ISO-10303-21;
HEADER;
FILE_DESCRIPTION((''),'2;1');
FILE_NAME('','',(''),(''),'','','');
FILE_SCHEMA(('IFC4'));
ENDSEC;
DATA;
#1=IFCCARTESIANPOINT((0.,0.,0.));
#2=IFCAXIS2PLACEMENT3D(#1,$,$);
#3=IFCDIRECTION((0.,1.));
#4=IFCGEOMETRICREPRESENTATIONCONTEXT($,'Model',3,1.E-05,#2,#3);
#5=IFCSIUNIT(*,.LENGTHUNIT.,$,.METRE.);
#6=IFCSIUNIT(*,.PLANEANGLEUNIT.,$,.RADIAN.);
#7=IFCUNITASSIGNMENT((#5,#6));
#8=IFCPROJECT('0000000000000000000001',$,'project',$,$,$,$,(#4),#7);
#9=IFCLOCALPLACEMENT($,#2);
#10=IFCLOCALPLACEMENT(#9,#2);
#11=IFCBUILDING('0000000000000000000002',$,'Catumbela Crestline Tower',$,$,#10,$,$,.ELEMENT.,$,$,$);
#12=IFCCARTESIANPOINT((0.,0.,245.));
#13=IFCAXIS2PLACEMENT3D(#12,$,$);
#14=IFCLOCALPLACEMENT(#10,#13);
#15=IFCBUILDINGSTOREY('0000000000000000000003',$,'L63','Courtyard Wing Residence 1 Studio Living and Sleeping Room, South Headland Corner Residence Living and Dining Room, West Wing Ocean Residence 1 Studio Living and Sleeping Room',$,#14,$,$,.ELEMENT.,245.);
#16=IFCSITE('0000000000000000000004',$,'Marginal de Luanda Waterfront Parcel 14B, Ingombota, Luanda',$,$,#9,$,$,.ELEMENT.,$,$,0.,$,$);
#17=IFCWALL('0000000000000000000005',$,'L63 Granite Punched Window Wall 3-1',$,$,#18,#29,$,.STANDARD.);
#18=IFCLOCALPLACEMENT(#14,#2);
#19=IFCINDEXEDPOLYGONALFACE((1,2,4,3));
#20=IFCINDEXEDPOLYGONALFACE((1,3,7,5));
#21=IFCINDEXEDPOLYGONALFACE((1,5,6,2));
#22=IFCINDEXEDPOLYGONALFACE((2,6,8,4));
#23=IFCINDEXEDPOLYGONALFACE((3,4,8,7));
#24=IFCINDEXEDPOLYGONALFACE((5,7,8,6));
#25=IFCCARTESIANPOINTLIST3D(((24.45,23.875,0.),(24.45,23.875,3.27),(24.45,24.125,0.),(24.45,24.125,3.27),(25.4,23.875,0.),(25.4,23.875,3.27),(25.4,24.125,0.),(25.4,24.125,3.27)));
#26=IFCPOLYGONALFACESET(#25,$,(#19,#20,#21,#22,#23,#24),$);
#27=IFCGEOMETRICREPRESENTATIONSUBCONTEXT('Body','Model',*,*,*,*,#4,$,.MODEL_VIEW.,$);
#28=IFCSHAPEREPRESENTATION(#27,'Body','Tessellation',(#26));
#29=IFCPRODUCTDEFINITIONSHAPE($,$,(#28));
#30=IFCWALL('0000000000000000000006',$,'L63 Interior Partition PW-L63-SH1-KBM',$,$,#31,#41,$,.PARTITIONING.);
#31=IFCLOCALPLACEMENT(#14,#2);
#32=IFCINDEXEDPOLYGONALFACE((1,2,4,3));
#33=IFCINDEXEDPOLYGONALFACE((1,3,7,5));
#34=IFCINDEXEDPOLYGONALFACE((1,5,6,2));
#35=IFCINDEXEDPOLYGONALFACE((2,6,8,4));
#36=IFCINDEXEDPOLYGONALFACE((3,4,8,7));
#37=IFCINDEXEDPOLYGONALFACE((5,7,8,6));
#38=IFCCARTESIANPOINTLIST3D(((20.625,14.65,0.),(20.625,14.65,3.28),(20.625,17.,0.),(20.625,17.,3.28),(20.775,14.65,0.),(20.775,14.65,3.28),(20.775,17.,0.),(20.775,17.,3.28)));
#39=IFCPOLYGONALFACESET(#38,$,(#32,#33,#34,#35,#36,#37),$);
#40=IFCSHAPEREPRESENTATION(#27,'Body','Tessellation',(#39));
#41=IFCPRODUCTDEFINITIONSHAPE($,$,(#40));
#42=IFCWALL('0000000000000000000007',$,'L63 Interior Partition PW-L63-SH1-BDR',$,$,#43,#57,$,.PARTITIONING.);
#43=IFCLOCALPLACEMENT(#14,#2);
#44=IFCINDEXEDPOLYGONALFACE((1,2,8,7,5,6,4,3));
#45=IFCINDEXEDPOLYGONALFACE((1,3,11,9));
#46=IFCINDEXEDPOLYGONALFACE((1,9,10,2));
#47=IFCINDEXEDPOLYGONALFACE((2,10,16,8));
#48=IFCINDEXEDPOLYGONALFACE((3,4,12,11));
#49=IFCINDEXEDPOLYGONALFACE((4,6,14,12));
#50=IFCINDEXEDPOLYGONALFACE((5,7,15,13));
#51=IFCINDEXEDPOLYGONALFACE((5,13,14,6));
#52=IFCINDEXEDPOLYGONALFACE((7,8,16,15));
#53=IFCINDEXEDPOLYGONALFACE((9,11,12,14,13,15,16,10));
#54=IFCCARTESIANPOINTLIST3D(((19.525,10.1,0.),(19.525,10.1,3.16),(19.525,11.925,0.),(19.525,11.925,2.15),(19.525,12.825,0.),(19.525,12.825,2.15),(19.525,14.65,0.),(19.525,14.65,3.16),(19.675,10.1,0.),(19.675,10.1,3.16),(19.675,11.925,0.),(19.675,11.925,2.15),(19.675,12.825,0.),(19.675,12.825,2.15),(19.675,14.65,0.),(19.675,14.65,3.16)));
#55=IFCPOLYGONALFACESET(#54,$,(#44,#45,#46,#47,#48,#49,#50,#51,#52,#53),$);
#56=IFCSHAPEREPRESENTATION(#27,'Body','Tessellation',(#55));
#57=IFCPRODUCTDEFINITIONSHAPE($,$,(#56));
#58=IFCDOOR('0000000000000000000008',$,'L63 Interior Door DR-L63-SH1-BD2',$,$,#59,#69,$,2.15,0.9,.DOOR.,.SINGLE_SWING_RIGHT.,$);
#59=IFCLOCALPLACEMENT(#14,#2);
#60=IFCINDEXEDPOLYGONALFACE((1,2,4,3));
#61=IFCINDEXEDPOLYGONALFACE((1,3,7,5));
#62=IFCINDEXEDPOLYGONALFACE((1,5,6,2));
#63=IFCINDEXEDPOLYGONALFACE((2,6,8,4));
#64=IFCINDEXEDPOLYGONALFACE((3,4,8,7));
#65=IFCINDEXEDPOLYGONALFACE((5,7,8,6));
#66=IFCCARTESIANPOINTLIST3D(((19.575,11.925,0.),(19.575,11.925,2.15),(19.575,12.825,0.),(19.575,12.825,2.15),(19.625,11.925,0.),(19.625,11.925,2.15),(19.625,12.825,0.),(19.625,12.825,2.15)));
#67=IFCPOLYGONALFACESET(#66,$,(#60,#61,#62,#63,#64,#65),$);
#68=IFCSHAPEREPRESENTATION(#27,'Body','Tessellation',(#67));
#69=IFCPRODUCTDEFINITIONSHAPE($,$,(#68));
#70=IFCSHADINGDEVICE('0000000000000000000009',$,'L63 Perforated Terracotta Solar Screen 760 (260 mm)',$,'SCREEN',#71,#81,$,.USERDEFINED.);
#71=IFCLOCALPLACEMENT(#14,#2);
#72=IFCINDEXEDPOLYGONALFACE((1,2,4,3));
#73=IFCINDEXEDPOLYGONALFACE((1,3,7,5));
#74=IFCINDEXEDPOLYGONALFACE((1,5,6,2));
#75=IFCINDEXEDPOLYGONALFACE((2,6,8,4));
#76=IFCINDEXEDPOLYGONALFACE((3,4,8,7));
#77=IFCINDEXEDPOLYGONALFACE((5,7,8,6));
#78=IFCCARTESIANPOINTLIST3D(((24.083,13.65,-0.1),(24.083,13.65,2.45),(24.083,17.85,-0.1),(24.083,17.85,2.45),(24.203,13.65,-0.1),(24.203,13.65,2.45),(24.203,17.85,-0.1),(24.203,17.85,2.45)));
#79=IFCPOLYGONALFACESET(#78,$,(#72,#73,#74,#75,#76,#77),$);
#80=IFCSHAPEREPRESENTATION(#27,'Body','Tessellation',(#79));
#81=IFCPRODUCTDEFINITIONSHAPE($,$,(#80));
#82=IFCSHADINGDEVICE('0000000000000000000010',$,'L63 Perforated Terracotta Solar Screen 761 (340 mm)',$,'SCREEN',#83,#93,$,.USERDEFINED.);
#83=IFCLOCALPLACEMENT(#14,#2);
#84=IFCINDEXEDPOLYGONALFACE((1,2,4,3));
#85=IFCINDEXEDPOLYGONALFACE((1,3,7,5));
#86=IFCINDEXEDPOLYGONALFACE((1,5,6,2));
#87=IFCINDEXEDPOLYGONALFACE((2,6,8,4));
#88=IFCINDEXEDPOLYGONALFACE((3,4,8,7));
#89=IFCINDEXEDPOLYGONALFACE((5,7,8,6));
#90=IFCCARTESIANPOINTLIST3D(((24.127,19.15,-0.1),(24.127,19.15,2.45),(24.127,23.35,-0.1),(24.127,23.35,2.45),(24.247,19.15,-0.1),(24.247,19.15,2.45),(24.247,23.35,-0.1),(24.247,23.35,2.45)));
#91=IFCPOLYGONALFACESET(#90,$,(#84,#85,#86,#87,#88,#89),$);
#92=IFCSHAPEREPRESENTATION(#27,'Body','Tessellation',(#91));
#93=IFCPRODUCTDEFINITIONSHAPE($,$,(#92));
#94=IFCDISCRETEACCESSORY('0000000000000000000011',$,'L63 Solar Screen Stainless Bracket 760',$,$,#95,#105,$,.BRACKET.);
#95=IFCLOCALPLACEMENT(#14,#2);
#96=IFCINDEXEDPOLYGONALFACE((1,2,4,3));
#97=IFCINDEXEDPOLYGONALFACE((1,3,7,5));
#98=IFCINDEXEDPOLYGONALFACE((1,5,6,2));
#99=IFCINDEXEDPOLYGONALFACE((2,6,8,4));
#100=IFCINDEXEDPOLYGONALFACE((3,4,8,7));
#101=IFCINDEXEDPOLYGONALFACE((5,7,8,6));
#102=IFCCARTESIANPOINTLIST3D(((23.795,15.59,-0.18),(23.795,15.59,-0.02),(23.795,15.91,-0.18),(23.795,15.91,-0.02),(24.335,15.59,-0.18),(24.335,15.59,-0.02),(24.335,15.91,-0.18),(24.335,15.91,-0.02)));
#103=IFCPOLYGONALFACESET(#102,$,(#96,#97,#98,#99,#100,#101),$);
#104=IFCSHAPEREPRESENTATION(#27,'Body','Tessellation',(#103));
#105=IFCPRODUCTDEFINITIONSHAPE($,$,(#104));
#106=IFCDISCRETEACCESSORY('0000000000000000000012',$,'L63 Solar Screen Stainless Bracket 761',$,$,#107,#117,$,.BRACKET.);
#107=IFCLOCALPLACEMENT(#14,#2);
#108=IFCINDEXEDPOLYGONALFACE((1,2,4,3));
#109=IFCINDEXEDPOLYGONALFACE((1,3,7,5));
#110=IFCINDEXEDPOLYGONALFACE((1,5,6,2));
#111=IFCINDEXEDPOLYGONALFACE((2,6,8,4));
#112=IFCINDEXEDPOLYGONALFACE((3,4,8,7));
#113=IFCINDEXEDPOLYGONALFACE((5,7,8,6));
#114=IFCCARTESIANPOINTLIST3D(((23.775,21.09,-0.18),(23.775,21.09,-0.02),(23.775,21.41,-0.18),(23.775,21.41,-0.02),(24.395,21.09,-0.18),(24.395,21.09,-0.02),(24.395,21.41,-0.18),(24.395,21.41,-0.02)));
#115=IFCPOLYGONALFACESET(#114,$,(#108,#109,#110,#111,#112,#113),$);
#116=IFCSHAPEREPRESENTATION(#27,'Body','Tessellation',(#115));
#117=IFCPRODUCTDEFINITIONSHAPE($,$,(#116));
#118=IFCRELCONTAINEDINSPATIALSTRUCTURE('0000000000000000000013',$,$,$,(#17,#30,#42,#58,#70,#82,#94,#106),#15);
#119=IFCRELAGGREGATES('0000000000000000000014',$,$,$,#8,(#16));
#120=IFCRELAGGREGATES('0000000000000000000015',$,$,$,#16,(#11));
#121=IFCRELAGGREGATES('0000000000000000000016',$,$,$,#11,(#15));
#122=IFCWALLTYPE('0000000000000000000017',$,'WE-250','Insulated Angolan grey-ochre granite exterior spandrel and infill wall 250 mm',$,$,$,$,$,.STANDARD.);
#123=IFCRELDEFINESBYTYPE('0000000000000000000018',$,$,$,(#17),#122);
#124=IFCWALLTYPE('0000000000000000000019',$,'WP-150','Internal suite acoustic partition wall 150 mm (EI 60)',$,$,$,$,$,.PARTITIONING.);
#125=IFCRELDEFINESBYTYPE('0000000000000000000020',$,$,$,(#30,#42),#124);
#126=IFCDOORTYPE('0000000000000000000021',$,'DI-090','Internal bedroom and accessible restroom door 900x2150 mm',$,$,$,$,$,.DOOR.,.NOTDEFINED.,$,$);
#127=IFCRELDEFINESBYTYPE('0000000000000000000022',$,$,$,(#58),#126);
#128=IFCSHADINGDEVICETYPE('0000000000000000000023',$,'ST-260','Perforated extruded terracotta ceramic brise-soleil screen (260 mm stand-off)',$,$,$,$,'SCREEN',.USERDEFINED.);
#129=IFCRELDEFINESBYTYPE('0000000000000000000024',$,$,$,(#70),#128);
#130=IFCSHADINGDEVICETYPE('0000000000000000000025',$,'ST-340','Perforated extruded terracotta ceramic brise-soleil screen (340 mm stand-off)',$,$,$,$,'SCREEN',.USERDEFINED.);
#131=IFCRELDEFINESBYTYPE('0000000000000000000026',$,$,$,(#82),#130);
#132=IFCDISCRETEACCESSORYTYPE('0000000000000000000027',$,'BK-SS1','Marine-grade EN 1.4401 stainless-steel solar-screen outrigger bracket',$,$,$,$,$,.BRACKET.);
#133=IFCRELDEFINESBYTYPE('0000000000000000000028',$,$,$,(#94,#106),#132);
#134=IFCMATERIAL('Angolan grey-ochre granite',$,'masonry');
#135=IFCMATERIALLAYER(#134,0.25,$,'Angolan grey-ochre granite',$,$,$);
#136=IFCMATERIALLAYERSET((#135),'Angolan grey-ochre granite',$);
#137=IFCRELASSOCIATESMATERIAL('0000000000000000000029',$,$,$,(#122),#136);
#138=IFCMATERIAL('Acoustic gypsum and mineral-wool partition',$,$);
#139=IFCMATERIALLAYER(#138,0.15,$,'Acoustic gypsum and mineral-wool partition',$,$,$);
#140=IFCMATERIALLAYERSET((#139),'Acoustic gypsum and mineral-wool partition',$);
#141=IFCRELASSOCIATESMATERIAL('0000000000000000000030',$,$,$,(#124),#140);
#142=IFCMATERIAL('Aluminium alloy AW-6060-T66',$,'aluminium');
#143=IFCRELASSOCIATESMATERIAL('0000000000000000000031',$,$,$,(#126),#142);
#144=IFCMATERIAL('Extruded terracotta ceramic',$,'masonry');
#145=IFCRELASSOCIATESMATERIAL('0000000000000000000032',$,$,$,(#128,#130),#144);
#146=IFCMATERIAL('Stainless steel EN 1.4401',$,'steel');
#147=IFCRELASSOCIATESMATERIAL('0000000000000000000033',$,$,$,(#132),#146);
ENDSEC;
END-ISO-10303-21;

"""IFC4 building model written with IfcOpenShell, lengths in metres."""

from ifc_helpers import new_model, si_unit, direction, frame, frame_2d, origin, origin_2d, place, context, subcontext, project, spatial, rectangle, extrude, material, layer, layer_set, type_object, element, fill, save


model = new_model("IFC4")

# Units and contexts
model_context = context("Model", 3, precision=1e-05, world=origin(), true_north=direction((0.0, 1.0)))
body_context = subcontext(model_context, "Body", "Model", "MODEL_VIEW")
ifc_project = project(units=[si_unit("LENGTHUNIT", "METRE"), si_unit("PLANEANGLEUNIT", "RADIAN")], contexts=[model_context])

# Site, building, storey
site_placement = place(None, origin())
site = spatial("IfcSite", under=ifc_project, at=site_placement, Name="Marginal de Luanda Waterfront Parcel 14B, Ingombota, Luanda", CompositionType="ELEMENT", RefElevation=0.0)
building_placement = place(site_placement, origin())
building = spatial("IfcBuilding", under=site, at=building_placement, Name="Catumbela Crestline Tower", CompositionType="ELEMENT")
storey_placement = place(building_placement, frame((0.0, 0.0, 245.0)))
storey = spatial("IfcBuildingStorey", under=building, at=storey_placement, Name="L63", Description="Courtyard Wing Residence 1 Studio Living and Sleeping Room, South Headland Corner Residence Living and Dining Room, West Wing Ocean Residence 1 Studio Living and Sleeping Room", CompositionType="ELEMENT", Elevation=245.0)

# Shared definitions
ifc_material_1 = material(Name="Aluminium alloy AW-6060-T66", Category="aluminium")

# Shared definitions
ifc_material_2 = material(Name="Angolan grey-ochre granite", Category="masonry")
ifc_layer_1 = layer(ifc_material_2, 0.25, Name="Angolan grey-ochre granite")
ifc_layer_set_1 = layer_set([ifc_layer_1], Name="Angolan grey-ochre granite")
wall_type_1 = type_object("IfcWallType", Name="WE-250", Description="Insulated Angolan grey-ochre granite exterior spandrel and infill wall 250 mm", PredefinedType="STANDARD", material=ifc_layer_set_1)

# Walls
wall_1_placement = place(storey_placement, frame((24.45, 24.0, 0.0), z_axis=(0.0, 0.0, 1.0), x_axis=(1.0, 0.0, 0.0)))
element("IfcWall", 1, at=wall_1_placement, inside=storey, type_object=wall_type_1, Name="L63 Granite Punched Window Wall 3-1", PredefinedType="STANDARD", context=body_context, shape_type="SweptSolid", body=[
    extrude(rectangle(XDim=0.95, YDim=0.25, at=frame_2d((0.475, 0.0))), origin(), (0.0, 0.0, 1.0), 3.27),
])
ifc_material_3 = material(Name="Acoustic gypsum and mineral-wool partition")
ifc_layer_2 = layer(ifc_material_3, 0.15, Name="Acoustic gypsum and mineral-wool partition")
ifc_layer_set_2 = layer_set([ifc_layer_2], Name="Acoustic gypsum and mineral-wool partition")
wall_type_2 = type_object("IfcWallType", Name="WP-150", Description="Internal suite acoustic partition wall 150 mm (EI 60)", PredefinedType="PARTITIONING", material=ifc_layer_set_2)
wall_2_placement = place(storey_placement, frame((20.7, 14.65, 0.0), z_axis=(0.0, 0.0, 1.0), x_axis=(0.0, 1.0, 0.0)))
element("IfcWall", 2, at=wall_2_placement, inside=storey, type_object=wall_type_2, Name="L63 Interior Partition PW-L63-SH1-KBM", PredefinedType="PARTITIONING", context=body_context, shape_type="SweptSolid", body=[
    extrude(rectangle(XDim=2.35, YDim=0.15, at=frame_2d((1.175, 0.0))), origin(), (0.0, 0.0, 1.0), 3.28),
])

# Wall, opening, door
wall_3_placement = place(storey_placement, frame((19.6, 10.1, 0.0), z_axis=(0.0, 0.0, 1.0), x_axis=(0.0, 1.0, 0.0)))
wall_3 = element("IfcWall", 3, at=wall_3_placement, inside=storey, type_object=wall_type_2, Name="L63 Interior Partition PW-L63-SH1-BDR", PredefinedType="PARTITIONING", context=body_context, shape_type="SweptSolid", body=[
    extrude(rectangle(XDim=4.55, YDim=0.15, at=frame_2d((2.275, 0.0))), origin(), (0.0, 0.0, 1.0), 3.16),
])
opening_1_placement = place(wall_3_placement, frame((1.825, 0.0, 0.0)))
opening_1 = element("IfcOpeningElement", 4, at=opening_1_placement, cuts=wall_3, PredefinedType="OPENING", context=body_context, shape_type="SweptSolid", body=[
    extrude(rectangle(XDim=0.9, YDim=2.15, at=frame_2d((0.45, 1.075))), frame((0.0, 0.085, 0.0), z_axis=(0.0, -1.0, 0.0), x_axis=(1.0, 0.0, 0.0)), (0.0, 0.0, 1.0), 0.17),
])
door_type = type_object("IfcDoorType", Name="DI-090", Description="Internal bedroom and accessible restroom door 900x2150 mm", OperationType="NOTDEFINED", PredefinedType="DOOR", material=ifc_material_1)
door_placement = place(opening_1_placement, origin())
door = element("IfcDoor", 5, at=door_placement, inside=storey, type_object=door_type, Name="L63 Interior Door DR-L63-SH1-BD2", OperationType="SINGLE_SWING_RIGHT", OverallHeight=2.15, OverallWidth=0.9, PredefinedType="DOOR", context=body_context, shape_type="SweptSolid", body=[
    extrude(rectangle(XDim=0.9, YDim=2.15, at=frame_2d((0.45, 1.075))), frame((0.0, 0.025, 0.0), z_axis=(0.0, -1.0, 0.0), x_axis=(1.0, 0.0, 0.0)), (0.0, 0.0, 1.0), 0.05),
])
fill(opening_1, door)

# Shared definitions
ifc_material_4 = material(Name="Stainless steel EN 1.4401", Category="steel")

# Shading devices
ifc_material_5 = material(Name="Extruded terracotta ceramic", Category="masonry")
shading_device_type_1 = type_object("IfcShadingDeviceType", Name="ST-260", Description="Perforated extruded terracotta ceramic brise-soleil screen (260 mm stand-off)", ElementType="SCREEN", PredefinedType="USERDEFINED", material=ifc_material_5)
shading_device_1_placement = place(storey_placement, frame((24.143, 15.75, -0.1), z_axis=(0.0, 0.0, 1.0), x_axis=(0.0, 1.0, 0.0)))
element("IfcShadingDevice", 6, at=shading_device_1_placement, inside=storey, type_object=shading_device_type_1, Name="L63 Perforated Terracotta Solar Screen 760 (260 mm)", ObjectType="SCREEN", PredefinedType="USERDEFINED", context=body_context, shape_type="SweptSolid", body=[
    extrude(rectangle(XDim=4.2, YDim=0.12, at=origin_2d()), origin(), (0.0, 0.0, 1.0), 2.55),
])
shading_device_type_2 = type_object("IfcShadingDeviceType", Name="ST-340", Description="Perforated extruded terracotta ceramic brise-soleil screen (340 mm stand-off)", ElementType="SCREEN", PredefinedType="USERDEFINED", material=ifc_material_5)
shading_device_2_placement = place(storey_placement, frame((24.187, 21.25, -0.1), z_axis=(0.0, 0.0, 1.0), x_axis=(0.0, 1.0, 0.0)))
element("IfcShadingDevice", 7, at=shading_device_2_placement, inside=storey, type_object=shading_device_type_2, Name="L63 Perforated Terracotta Solar Screen 761 (340 mm)", ObjectType="SCREEN", PredefinedType="USERDEFINED", context=body_context, shape_type="SweptSolid", body=[
    extrude(rectangle(XDim=4.2, YDim=0.12, at=origin_2d()), origin(), (0.0, 0.0, 1.0), 2.55),
])

# Discrete accessories
discrete_accessory_type = type_object("IfcDiscreteAccessoryType", Name="BK-SS1", Description="Marine-grade EN 1.4401 stainless-steel solar-screen outrigger bracket", PredefinedType="BRACKET", material=ifc_material_4)
discrete_accessory_1_placement = place(storey_placement, frame((24.065, 15.75, -0.18), z_axis=(0.0, 0.0, 1.0), x_axis=(0.0, 1.0, 0.0)))
element("IfcDiscreteAccessory", 8, at=discrete_accessory_1_placement, inside=storey, type_object=discrete_accessory_type, Name="L63 Solar Screen Stainless Bracket 760", PredefinedType="BRACKET", context=body_context, shape_type="SweptSolid", body=[
    extrude(rectangle(XDim=0.32, YDim=0.54, at=origin_2d()), origin(), (0.0, 0.0, 1.0), 0.16),
])
discrete_accessory_2_placement = place(storey_placement, frame((24.085, 21.25, -0.18), z_axis=(0.0, 0.0, 1.0), x_axis=(0.0, 1.0, 0.0)))
element("IfcDiscreteAccessory", 9, at=discrete_accessory_2_placement, inside=storey, type_object=discrete_accessory_type, Name="L63 Solar Screen Stainless Bracket 761", PredefinedType="BRACKET", context=body_context, shape_type="SweptSolid", body=[
    extrude(rectangle(XDim=0.32, YDim=0.62, at=origin_2d()), origin(), (0.0, 0.0, 1.0), 0.16),
])

save(model, "model.ifc")
